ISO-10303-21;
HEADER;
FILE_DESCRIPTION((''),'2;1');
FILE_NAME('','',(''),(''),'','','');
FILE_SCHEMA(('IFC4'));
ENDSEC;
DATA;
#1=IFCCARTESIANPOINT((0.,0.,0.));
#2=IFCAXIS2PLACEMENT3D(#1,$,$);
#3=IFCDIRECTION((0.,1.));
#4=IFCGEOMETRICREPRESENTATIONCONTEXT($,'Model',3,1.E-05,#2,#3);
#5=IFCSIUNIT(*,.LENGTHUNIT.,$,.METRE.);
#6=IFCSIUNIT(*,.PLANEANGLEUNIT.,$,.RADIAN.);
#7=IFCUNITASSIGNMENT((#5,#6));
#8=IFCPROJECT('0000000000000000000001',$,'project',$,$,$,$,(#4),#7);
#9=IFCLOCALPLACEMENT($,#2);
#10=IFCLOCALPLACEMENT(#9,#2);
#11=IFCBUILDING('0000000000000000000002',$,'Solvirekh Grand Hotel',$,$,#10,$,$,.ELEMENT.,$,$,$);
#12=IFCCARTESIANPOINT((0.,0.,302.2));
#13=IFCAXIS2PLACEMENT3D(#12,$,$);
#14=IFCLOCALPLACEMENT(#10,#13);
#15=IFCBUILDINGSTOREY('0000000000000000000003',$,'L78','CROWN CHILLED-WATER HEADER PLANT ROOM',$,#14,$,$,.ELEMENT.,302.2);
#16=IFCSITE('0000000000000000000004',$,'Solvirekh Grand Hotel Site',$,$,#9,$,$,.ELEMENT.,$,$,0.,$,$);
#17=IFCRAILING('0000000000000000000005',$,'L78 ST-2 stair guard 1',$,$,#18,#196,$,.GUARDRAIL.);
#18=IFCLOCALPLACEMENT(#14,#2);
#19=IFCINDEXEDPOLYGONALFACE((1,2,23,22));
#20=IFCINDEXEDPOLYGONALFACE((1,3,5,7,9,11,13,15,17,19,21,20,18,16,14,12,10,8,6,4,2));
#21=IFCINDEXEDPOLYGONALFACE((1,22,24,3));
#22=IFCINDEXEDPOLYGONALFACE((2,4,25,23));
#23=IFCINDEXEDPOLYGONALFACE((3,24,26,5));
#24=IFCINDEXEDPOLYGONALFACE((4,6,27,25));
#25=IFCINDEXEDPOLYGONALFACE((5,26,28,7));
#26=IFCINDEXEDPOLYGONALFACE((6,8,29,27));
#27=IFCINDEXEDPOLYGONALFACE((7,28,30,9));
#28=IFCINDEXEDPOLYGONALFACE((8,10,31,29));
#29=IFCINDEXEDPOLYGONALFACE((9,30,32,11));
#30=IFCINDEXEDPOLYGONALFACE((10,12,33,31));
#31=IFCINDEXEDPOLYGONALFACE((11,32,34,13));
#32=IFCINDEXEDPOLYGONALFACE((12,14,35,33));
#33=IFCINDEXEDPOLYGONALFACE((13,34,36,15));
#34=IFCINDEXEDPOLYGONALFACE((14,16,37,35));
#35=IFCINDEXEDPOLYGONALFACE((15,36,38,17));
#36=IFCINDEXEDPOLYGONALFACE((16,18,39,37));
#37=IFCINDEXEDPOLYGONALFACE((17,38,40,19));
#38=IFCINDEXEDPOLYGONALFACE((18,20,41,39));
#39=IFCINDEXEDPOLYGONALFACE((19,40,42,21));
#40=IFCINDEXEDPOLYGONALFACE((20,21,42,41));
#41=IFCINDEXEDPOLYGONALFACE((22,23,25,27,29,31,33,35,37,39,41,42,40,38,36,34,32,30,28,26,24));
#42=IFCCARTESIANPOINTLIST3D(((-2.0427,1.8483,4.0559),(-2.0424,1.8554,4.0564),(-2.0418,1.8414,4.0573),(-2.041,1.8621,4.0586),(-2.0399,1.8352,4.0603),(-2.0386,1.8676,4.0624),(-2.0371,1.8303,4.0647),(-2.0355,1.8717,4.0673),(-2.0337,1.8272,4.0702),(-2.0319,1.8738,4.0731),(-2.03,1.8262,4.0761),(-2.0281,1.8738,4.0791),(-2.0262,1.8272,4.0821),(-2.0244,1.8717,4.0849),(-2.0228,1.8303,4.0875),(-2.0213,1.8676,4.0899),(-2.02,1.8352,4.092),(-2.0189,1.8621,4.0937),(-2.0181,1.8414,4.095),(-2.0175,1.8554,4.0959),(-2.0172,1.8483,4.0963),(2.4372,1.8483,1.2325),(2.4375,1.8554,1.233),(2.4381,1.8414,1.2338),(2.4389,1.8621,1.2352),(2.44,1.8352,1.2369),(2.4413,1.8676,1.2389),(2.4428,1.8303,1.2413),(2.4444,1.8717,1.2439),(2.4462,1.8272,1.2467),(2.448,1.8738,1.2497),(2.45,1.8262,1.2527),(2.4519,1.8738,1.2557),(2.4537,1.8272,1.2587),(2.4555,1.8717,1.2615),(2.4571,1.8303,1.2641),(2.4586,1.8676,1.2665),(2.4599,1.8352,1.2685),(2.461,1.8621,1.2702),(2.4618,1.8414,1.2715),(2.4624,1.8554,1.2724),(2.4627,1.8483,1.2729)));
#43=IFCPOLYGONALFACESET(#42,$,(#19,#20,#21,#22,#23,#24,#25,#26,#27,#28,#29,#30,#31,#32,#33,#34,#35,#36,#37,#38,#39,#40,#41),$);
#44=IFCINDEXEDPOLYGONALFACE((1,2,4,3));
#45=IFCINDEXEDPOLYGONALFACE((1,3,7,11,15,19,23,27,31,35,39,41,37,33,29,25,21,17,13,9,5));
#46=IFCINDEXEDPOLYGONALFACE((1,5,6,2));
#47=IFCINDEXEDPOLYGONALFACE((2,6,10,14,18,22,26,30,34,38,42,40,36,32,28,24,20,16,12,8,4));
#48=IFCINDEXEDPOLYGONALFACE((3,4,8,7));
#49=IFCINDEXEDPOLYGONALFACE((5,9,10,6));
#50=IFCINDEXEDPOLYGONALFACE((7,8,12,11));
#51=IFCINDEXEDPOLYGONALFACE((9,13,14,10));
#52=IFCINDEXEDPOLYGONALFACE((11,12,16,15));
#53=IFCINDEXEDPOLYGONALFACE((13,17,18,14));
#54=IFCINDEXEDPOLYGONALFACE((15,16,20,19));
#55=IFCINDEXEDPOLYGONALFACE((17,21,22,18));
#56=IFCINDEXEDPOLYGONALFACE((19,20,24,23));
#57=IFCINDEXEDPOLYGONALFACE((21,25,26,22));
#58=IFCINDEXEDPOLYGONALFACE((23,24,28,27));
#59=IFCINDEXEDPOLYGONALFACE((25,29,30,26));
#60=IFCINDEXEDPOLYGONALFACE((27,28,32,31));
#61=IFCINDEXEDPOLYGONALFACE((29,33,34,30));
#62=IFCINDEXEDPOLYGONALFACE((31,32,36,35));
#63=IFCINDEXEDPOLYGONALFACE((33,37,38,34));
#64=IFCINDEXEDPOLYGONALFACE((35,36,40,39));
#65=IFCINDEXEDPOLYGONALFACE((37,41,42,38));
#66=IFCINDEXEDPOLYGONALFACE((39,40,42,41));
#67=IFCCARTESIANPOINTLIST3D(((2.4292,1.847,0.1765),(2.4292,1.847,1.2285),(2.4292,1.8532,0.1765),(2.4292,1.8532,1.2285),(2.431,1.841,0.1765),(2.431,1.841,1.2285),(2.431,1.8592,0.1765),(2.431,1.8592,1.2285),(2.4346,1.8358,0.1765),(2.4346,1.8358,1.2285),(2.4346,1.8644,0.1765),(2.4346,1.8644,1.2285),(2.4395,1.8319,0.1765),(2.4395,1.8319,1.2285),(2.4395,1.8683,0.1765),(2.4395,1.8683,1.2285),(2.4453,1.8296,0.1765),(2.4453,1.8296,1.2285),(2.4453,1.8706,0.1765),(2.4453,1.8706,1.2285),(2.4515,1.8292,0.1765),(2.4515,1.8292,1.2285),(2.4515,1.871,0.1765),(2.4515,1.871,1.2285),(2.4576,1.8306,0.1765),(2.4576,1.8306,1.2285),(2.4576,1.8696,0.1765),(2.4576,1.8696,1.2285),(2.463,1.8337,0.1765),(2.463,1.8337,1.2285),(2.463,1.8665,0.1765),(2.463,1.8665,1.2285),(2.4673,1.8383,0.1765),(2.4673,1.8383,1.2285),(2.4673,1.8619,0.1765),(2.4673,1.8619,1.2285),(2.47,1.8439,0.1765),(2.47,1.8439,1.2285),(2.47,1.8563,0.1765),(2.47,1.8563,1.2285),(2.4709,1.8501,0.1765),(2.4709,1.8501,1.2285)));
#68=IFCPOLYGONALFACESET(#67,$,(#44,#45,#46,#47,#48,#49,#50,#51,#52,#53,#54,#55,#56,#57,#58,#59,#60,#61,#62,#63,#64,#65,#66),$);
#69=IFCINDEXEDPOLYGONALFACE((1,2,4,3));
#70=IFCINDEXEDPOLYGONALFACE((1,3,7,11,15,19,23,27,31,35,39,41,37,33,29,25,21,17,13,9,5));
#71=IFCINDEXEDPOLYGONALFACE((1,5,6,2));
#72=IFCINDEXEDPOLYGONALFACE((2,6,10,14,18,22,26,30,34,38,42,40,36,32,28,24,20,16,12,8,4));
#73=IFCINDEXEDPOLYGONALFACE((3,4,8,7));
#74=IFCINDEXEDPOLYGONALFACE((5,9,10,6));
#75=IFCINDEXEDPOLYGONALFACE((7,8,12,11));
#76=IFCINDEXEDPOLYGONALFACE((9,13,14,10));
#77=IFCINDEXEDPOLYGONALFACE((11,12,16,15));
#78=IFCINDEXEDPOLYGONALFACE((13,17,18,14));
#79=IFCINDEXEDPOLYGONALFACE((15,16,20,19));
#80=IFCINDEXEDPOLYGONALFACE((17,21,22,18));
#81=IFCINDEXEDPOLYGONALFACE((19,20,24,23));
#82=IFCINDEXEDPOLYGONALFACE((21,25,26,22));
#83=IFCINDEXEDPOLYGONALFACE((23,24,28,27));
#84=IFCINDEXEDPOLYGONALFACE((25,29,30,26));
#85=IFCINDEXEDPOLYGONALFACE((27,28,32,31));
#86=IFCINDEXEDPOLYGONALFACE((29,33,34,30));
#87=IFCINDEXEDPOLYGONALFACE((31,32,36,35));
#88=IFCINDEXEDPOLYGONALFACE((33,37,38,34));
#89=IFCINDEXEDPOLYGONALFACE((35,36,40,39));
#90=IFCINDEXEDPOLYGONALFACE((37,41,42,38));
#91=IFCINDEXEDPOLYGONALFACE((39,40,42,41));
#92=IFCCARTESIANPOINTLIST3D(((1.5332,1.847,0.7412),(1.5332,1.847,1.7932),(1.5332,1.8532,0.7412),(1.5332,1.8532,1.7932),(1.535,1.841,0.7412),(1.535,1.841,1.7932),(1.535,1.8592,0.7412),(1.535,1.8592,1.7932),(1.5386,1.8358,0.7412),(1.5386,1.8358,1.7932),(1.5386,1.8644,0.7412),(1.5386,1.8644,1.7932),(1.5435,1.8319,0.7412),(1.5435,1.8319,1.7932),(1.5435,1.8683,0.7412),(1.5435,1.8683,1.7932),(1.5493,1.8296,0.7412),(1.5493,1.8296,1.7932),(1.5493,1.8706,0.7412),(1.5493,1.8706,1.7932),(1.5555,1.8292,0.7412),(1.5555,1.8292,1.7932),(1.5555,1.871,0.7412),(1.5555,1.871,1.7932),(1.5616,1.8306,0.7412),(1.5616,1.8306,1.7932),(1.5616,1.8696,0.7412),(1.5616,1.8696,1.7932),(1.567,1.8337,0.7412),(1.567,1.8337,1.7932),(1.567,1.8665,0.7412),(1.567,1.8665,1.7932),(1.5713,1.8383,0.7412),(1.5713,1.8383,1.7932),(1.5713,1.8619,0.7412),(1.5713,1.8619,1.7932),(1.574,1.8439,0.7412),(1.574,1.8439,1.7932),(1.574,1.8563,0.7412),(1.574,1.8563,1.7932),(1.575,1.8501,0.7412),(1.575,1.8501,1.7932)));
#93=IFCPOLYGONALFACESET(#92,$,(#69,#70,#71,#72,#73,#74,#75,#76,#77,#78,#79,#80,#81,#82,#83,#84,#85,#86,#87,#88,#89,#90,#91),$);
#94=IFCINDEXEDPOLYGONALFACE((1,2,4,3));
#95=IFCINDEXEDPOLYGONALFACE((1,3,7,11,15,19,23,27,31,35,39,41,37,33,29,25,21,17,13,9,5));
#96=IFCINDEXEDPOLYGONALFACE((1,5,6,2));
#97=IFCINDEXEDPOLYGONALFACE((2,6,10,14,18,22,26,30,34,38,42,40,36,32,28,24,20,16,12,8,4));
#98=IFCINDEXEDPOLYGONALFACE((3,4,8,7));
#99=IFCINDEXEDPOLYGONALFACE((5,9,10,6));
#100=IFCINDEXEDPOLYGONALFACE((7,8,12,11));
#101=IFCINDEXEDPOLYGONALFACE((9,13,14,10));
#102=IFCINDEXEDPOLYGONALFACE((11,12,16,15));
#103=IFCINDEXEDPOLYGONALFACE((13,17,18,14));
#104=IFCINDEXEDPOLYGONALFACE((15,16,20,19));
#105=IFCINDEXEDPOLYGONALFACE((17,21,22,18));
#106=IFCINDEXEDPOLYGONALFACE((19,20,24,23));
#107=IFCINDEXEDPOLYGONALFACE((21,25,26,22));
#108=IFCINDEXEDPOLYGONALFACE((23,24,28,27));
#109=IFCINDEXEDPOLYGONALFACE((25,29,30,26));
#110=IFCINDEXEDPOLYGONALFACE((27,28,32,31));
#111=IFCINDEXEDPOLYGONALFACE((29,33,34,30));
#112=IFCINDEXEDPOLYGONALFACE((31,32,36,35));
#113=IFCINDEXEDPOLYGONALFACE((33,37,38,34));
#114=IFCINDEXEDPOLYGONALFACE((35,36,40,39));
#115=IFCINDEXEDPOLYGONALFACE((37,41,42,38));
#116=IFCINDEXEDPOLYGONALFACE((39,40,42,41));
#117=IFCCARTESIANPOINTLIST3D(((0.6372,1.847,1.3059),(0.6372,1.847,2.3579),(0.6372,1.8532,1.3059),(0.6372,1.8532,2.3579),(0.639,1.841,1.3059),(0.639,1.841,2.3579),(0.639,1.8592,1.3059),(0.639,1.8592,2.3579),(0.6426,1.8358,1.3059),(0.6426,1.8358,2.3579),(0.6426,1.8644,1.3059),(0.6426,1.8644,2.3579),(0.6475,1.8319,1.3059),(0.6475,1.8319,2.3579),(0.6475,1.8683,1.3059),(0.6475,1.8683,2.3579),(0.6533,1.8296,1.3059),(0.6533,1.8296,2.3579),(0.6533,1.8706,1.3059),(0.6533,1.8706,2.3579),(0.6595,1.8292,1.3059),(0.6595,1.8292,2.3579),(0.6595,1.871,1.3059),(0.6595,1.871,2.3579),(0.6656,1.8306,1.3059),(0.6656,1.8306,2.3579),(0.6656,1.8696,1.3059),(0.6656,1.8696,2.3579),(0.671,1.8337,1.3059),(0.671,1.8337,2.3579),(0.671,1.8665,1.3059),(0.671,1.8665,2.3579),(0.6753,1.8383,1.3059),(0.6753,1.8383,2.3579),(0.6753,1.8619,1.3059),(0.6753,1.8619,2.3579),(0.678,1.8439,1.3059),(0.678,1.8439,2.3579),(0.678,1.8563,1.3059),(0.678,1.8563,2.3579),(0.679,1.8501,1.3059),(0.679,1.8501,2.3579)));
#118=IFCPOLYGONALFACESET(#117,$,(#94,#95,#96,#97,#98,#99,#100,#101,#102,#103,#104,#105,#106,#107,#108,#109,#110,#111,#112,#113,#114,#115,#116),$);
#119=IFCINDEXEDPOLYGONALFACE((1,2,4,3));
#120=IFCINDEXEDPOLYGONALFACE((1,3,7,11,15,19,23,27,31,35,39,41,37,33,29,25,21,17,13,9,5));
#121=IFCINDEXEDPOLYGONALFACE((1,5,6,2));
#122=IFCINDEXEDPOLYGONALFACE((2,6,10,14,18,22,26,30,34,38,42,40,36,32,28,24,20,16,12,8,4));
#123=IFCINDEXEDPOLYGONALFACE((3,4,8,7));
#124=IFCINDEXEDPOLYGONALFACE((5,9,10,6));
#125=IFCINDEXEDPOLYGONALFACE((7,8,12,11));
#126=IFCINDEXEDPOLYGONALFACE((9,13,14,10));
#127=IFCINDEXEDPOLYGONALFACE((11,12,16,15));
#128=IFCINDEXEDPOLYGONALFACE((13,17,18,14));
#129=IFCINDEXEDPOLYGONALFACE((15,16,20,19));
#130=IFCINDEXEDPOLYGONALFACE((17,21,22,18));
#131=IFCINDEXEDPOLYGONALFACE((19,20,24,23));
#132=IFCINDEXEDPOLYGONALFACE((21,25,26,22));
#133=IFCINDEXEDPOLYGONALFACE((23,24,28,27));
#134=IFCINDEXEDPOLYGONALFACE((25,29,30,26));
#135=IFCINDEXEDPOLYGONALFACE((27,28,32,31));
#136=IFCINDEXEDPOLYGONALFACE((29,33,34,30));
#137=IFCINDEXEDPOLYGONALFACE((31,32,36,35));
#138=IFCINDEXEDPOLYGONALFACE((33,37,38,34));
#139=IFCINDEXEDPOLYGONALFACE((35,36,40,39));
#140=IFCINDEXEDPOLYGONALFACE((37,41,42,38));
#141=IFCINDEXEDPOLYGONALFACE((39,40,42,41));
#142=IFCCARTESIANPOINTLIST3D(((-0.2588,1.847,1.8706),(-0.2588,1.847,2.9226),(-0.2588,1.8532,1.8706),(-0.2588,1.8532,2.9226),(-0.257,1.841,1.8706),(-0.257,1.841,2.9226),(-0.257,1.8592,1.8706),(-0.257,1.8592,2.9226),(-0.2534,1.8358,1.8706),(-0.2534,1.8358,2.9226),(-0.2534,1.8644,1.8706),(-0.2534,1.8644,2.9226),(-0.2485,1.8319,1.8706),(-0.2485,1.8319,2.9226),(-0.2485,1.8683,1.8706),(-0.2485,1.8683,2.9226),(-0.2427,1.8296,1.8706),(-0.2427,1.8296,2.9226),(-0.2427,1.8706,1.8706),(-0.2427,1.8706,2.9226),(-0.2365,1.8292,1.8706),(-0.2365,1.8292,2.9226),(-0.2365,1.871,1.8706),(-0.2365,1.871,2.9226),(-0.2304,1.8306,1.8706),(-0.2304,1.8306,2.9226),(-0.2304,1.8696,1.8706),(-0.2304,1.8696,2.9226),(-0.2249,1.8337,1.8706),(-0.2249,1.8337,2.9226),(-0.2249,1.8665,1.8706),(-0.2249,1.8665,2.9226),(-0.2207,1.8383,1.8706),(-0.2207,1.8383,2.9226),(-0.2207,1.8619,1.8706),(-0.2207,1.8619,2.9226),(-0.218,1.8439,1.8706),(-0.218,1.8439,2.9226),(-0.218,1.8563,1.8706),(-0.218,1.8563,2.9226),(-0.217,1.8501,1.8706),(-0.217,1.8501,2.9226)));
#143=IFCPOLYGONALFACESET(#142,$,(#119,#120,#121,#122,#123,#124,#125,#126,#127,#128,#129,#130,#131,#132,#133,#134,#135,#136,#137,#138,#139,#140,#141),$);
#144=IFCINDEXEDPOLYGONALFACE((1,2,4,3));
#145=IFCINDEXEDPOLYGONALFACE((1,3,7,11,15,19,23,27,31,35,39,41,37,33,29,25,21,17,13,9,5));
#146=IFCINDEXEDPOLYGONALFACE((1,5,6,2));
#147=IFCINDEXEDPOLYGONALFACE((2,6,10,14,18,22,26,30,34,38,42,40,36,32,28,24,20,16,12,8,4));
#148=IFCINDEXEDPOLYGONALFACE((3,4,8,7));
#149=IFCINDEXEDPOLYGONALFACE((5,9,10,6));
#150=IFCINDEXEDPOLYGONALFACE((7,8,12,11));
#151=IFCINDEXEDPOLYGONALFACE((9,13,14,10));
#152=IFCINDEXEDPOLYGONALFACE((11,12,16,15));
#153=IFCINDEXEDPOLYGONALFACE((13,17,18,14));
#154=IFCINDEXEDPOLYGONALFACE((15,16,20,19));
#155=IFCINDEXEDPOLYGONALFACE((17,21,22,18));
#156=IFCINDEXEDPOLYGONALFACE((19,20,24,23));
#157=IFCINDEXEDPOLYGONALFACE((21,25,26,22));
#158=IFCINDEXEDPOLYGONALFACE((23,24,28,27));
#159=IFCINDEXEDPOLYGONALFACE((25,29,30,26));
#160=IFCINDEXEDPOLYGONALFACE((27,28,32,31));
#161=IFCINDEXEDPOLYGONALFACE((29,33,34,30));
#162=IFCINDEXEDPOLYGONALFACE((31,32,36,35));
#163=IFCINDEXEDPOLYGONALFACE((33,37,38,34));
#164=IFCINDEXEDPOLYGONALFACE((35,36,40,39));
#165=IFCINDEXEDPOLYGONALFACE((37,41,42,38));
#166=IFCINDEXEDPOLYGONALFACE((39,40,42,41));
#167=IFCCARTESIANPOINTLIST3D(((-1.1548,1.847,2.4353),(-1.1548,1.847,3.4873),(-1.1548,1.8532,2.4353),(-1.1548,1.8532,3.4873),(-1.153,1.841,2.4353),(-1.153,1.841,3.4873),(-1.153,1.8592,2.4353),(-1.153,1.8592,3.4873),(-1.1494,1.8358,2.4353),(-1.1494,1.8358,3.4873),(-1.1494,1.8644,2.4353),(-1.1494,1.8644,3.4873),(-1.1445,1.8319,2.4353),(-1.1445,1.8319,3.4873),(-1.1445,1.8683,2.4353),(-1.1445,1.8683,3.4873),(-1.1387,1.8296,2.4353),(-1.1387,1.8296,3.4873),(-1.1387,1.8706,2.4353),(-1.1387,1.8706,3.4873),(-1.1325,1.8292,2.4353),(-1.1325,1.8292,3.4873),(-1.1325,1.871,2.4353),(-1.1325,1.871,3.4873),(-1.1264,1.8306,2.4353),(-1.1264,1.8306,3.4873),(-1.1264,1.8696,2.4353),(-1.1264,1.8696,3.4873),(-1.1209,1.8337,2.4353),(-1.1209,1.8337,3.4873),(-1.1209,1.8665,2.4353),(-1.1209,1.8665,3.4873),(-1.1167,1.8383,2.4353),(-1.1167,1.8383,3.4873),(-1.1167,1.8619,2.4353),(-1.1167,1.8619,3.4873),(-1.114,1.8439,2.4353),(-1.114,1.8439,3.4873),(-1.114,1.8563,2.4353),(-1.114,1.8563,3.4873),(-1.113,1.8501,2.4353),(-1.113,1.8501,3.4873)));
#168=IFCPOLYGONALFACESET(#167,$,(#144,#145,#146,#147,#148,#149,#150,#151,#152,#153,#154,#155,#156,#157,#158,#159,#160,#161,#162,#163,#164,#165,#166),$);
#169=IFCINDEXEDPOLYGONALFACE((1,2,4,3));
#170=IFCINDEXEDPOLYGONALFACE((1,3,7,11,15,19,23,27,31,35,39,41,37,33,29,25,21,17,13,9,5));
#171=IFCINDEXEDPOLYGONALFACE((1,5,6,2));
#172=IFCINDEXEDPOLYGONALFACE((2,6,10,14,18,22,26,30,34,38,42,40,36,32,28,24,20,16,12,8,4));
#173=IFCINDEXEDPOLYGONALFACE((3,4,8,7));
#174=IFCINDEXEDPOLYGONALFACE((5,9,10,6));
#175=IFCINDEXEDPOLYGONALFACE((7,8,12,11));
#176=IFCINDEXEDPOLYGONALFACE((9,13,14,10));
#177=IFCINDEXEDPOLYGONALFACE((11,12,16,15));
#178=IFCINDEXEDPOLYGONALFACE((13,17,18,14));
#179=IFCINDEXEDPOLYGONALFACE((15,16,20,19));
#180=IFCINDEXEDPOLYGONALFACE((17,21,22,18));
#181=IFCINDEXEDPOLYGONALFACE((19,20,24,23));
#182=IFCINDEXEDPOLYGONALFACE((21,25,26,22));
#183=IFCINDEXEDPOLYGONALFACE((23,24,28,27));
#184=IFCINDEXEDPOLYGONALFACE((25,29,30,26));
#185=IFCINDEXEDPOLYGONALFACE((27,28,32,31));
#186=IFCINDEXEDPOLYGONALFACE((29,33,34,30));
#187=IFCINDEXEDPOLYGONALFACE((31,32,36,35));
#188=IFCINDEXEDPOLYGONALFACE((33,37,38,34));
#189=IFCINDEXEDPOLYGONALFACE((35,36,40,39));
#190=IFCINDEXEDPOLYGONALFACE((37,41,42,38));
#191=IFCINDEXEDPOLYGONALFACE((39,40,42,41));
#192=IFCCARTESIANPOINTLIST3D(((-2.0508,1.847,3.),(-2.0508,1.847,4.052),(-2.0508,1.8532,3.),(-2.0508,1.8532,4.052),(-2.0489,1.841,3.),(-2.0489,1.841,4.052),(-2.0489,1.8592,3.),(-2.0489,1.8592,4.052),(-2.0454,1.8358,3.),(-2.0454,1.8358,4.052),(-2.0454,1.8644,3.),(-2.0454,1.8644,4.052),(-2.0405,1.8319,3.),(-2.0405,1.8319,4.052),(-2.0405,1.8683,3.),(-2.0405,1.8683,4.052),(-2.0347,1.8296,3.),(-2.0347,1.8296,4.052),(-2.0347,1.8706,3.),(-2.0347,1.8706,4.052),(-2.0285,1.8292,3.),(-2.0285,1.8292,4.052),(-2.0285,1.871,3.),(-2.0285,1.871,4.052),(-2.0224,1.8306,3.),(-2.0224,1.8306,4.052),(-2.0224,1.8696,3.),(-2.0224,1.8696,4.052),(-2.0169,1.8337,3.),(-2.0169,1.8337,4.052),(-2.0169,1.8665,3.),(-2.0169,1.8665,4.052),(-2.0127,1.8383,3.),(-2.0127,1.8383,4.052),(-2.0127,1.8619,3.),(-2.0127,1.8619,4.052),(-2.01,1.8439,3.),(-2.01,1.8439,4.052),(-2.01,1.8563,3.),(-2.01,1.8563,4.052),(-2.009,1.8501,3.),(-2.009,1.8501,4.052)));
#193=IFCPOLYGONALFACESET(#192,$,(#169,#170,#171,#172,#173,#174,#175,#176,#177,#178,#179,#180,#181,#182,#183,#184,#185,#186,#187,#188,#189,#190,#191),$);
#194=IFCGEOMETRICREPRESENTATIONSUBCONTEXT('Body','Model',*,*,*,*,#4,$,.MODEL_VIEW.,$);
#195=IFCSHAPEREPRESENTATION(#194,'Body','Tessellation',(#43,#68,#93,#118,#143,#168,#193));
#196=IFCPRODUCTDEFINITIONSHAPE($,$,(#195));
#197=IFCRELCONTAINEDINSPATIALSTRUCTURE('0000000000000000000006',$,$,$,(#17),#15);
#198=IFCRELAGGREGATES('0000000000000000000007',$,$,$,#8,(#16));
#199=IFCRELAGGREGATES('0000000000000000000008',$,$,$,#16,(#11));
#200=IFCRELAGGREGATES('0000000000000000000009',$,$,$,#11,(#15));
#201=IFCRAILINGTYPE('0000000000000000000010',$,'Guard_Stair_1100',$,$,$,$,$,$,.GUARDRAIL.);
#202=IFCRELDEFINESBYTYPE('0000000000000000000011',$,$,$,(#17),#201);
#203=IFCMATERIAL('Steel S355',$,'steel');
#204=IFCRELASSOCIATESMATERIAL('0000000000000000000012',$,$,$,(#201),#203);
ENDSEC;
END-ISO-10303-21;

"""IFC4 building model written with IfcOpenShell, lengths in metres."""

from ifc_helpers import new_model, si_unit, direction, frame, origin, origin_2d, place, context, subcontext, project, spatial, circle, extrude, material, type_object, element, save


model = new_model("IFC4")

# Units and contexts
model_context = context("Model", 3, precision=1e-05, world=origin(), true_north=direction((0.0, 1.0)))
body_context = subcontext(model_context, "Body", "Model", "MODEL_VIEW")
ifc_project = project(units=[si_unit("LENGTHUNIT", "METRE"), si_unit("PLANEANGLEUNIT", "RADIAN")], contexts=[model_context])

# Site, building, storey
site_placement = place(None, origin())
site = spatial("IfcSite", under=ifc_project, at=site_placement, Name="Solvirekh Grand Hotel Site", CompositionType="ELEMENT", RefElevation=0.0)
building_placement = place(site_placement, origin())
building = spatial("IfcBuilding", under=site, at=building_placement, Name="Solvirekh Grand Hotel", CompositionType="ELEMENT")
storey_placement = place(building_placement, frame((0.0, 0.0, 302.2)))
storey = spatial("IfcBuildingStorey", under=building, at=storey_placement, Name="L78", Description="CROWN CHILLED-WATER HEADER PLANT ROOM", CompositionType="ELEMENT", Elevation=302.2)

# Shared definitions
ifc_material_1 = material(Name="Steel S355", Category="steel")

# Railing
railing_type_1 = type_object("IfcRailingType", Name="Guard_Stair_1100", PredefinedType="GUARDRAIL", material=ifc_material_1)
railing_1_placement = place(storey_placement, frame((2.45, 1.8501, 0.1765)))
element("IfcRailing", 1, at=railing_1_placement, inside=storey, type_object=railing_type_1, Name="L78 ST-2 stair guard 1", PredefinedType="GUARDRAIL", context=body_context, shape_type="SweptSolid", body=[
    extrude(circle(Radius=0.0239, at=origin_2d()), frame((0.0, 0.0, 1.0762), z_axis=(-0.845998, 0.0, 0.533186), x_axis=(0.0, -1.0, 0.0)), (0.0, 0.0, 1.0), 5.2954),
    extrude(circle(Radius=0.021, at=origin_2d()), origin(), (0.0, 0.0, 1.0), 1.052),
    extrude(circle(Radius=0.021, at=origin_2d()), frame((-0.896, 0.0, 0.5647)), (0.0, 0.0, 1.0), 1.052),
    extrude(circle(Radius=0.021, at=origin_2d()), frame((-1.792, 0.0, 1.1294)), (0.0, 0.0, 1.0), 1.052),
    extrude(circle(Radius=0.021, at=origin_2d()), frame((-2.688, 0.0, 1.6941)), (0.0, 0.0, 1.0), 1.052),
    extrude(circle(Radius=0.021, at=origin_2d()), frame((-3.584, 0.0, 2.2588)), (0.0, 0.0, 1.0), 1.052),
    extrude(circle(Radius=0.021, at=origin_2d()), frame((-4.48, 0.0, 2.8235)), (0.0, 0.0, 1.0), 1.052),
])

save(model, "model.ifc")
